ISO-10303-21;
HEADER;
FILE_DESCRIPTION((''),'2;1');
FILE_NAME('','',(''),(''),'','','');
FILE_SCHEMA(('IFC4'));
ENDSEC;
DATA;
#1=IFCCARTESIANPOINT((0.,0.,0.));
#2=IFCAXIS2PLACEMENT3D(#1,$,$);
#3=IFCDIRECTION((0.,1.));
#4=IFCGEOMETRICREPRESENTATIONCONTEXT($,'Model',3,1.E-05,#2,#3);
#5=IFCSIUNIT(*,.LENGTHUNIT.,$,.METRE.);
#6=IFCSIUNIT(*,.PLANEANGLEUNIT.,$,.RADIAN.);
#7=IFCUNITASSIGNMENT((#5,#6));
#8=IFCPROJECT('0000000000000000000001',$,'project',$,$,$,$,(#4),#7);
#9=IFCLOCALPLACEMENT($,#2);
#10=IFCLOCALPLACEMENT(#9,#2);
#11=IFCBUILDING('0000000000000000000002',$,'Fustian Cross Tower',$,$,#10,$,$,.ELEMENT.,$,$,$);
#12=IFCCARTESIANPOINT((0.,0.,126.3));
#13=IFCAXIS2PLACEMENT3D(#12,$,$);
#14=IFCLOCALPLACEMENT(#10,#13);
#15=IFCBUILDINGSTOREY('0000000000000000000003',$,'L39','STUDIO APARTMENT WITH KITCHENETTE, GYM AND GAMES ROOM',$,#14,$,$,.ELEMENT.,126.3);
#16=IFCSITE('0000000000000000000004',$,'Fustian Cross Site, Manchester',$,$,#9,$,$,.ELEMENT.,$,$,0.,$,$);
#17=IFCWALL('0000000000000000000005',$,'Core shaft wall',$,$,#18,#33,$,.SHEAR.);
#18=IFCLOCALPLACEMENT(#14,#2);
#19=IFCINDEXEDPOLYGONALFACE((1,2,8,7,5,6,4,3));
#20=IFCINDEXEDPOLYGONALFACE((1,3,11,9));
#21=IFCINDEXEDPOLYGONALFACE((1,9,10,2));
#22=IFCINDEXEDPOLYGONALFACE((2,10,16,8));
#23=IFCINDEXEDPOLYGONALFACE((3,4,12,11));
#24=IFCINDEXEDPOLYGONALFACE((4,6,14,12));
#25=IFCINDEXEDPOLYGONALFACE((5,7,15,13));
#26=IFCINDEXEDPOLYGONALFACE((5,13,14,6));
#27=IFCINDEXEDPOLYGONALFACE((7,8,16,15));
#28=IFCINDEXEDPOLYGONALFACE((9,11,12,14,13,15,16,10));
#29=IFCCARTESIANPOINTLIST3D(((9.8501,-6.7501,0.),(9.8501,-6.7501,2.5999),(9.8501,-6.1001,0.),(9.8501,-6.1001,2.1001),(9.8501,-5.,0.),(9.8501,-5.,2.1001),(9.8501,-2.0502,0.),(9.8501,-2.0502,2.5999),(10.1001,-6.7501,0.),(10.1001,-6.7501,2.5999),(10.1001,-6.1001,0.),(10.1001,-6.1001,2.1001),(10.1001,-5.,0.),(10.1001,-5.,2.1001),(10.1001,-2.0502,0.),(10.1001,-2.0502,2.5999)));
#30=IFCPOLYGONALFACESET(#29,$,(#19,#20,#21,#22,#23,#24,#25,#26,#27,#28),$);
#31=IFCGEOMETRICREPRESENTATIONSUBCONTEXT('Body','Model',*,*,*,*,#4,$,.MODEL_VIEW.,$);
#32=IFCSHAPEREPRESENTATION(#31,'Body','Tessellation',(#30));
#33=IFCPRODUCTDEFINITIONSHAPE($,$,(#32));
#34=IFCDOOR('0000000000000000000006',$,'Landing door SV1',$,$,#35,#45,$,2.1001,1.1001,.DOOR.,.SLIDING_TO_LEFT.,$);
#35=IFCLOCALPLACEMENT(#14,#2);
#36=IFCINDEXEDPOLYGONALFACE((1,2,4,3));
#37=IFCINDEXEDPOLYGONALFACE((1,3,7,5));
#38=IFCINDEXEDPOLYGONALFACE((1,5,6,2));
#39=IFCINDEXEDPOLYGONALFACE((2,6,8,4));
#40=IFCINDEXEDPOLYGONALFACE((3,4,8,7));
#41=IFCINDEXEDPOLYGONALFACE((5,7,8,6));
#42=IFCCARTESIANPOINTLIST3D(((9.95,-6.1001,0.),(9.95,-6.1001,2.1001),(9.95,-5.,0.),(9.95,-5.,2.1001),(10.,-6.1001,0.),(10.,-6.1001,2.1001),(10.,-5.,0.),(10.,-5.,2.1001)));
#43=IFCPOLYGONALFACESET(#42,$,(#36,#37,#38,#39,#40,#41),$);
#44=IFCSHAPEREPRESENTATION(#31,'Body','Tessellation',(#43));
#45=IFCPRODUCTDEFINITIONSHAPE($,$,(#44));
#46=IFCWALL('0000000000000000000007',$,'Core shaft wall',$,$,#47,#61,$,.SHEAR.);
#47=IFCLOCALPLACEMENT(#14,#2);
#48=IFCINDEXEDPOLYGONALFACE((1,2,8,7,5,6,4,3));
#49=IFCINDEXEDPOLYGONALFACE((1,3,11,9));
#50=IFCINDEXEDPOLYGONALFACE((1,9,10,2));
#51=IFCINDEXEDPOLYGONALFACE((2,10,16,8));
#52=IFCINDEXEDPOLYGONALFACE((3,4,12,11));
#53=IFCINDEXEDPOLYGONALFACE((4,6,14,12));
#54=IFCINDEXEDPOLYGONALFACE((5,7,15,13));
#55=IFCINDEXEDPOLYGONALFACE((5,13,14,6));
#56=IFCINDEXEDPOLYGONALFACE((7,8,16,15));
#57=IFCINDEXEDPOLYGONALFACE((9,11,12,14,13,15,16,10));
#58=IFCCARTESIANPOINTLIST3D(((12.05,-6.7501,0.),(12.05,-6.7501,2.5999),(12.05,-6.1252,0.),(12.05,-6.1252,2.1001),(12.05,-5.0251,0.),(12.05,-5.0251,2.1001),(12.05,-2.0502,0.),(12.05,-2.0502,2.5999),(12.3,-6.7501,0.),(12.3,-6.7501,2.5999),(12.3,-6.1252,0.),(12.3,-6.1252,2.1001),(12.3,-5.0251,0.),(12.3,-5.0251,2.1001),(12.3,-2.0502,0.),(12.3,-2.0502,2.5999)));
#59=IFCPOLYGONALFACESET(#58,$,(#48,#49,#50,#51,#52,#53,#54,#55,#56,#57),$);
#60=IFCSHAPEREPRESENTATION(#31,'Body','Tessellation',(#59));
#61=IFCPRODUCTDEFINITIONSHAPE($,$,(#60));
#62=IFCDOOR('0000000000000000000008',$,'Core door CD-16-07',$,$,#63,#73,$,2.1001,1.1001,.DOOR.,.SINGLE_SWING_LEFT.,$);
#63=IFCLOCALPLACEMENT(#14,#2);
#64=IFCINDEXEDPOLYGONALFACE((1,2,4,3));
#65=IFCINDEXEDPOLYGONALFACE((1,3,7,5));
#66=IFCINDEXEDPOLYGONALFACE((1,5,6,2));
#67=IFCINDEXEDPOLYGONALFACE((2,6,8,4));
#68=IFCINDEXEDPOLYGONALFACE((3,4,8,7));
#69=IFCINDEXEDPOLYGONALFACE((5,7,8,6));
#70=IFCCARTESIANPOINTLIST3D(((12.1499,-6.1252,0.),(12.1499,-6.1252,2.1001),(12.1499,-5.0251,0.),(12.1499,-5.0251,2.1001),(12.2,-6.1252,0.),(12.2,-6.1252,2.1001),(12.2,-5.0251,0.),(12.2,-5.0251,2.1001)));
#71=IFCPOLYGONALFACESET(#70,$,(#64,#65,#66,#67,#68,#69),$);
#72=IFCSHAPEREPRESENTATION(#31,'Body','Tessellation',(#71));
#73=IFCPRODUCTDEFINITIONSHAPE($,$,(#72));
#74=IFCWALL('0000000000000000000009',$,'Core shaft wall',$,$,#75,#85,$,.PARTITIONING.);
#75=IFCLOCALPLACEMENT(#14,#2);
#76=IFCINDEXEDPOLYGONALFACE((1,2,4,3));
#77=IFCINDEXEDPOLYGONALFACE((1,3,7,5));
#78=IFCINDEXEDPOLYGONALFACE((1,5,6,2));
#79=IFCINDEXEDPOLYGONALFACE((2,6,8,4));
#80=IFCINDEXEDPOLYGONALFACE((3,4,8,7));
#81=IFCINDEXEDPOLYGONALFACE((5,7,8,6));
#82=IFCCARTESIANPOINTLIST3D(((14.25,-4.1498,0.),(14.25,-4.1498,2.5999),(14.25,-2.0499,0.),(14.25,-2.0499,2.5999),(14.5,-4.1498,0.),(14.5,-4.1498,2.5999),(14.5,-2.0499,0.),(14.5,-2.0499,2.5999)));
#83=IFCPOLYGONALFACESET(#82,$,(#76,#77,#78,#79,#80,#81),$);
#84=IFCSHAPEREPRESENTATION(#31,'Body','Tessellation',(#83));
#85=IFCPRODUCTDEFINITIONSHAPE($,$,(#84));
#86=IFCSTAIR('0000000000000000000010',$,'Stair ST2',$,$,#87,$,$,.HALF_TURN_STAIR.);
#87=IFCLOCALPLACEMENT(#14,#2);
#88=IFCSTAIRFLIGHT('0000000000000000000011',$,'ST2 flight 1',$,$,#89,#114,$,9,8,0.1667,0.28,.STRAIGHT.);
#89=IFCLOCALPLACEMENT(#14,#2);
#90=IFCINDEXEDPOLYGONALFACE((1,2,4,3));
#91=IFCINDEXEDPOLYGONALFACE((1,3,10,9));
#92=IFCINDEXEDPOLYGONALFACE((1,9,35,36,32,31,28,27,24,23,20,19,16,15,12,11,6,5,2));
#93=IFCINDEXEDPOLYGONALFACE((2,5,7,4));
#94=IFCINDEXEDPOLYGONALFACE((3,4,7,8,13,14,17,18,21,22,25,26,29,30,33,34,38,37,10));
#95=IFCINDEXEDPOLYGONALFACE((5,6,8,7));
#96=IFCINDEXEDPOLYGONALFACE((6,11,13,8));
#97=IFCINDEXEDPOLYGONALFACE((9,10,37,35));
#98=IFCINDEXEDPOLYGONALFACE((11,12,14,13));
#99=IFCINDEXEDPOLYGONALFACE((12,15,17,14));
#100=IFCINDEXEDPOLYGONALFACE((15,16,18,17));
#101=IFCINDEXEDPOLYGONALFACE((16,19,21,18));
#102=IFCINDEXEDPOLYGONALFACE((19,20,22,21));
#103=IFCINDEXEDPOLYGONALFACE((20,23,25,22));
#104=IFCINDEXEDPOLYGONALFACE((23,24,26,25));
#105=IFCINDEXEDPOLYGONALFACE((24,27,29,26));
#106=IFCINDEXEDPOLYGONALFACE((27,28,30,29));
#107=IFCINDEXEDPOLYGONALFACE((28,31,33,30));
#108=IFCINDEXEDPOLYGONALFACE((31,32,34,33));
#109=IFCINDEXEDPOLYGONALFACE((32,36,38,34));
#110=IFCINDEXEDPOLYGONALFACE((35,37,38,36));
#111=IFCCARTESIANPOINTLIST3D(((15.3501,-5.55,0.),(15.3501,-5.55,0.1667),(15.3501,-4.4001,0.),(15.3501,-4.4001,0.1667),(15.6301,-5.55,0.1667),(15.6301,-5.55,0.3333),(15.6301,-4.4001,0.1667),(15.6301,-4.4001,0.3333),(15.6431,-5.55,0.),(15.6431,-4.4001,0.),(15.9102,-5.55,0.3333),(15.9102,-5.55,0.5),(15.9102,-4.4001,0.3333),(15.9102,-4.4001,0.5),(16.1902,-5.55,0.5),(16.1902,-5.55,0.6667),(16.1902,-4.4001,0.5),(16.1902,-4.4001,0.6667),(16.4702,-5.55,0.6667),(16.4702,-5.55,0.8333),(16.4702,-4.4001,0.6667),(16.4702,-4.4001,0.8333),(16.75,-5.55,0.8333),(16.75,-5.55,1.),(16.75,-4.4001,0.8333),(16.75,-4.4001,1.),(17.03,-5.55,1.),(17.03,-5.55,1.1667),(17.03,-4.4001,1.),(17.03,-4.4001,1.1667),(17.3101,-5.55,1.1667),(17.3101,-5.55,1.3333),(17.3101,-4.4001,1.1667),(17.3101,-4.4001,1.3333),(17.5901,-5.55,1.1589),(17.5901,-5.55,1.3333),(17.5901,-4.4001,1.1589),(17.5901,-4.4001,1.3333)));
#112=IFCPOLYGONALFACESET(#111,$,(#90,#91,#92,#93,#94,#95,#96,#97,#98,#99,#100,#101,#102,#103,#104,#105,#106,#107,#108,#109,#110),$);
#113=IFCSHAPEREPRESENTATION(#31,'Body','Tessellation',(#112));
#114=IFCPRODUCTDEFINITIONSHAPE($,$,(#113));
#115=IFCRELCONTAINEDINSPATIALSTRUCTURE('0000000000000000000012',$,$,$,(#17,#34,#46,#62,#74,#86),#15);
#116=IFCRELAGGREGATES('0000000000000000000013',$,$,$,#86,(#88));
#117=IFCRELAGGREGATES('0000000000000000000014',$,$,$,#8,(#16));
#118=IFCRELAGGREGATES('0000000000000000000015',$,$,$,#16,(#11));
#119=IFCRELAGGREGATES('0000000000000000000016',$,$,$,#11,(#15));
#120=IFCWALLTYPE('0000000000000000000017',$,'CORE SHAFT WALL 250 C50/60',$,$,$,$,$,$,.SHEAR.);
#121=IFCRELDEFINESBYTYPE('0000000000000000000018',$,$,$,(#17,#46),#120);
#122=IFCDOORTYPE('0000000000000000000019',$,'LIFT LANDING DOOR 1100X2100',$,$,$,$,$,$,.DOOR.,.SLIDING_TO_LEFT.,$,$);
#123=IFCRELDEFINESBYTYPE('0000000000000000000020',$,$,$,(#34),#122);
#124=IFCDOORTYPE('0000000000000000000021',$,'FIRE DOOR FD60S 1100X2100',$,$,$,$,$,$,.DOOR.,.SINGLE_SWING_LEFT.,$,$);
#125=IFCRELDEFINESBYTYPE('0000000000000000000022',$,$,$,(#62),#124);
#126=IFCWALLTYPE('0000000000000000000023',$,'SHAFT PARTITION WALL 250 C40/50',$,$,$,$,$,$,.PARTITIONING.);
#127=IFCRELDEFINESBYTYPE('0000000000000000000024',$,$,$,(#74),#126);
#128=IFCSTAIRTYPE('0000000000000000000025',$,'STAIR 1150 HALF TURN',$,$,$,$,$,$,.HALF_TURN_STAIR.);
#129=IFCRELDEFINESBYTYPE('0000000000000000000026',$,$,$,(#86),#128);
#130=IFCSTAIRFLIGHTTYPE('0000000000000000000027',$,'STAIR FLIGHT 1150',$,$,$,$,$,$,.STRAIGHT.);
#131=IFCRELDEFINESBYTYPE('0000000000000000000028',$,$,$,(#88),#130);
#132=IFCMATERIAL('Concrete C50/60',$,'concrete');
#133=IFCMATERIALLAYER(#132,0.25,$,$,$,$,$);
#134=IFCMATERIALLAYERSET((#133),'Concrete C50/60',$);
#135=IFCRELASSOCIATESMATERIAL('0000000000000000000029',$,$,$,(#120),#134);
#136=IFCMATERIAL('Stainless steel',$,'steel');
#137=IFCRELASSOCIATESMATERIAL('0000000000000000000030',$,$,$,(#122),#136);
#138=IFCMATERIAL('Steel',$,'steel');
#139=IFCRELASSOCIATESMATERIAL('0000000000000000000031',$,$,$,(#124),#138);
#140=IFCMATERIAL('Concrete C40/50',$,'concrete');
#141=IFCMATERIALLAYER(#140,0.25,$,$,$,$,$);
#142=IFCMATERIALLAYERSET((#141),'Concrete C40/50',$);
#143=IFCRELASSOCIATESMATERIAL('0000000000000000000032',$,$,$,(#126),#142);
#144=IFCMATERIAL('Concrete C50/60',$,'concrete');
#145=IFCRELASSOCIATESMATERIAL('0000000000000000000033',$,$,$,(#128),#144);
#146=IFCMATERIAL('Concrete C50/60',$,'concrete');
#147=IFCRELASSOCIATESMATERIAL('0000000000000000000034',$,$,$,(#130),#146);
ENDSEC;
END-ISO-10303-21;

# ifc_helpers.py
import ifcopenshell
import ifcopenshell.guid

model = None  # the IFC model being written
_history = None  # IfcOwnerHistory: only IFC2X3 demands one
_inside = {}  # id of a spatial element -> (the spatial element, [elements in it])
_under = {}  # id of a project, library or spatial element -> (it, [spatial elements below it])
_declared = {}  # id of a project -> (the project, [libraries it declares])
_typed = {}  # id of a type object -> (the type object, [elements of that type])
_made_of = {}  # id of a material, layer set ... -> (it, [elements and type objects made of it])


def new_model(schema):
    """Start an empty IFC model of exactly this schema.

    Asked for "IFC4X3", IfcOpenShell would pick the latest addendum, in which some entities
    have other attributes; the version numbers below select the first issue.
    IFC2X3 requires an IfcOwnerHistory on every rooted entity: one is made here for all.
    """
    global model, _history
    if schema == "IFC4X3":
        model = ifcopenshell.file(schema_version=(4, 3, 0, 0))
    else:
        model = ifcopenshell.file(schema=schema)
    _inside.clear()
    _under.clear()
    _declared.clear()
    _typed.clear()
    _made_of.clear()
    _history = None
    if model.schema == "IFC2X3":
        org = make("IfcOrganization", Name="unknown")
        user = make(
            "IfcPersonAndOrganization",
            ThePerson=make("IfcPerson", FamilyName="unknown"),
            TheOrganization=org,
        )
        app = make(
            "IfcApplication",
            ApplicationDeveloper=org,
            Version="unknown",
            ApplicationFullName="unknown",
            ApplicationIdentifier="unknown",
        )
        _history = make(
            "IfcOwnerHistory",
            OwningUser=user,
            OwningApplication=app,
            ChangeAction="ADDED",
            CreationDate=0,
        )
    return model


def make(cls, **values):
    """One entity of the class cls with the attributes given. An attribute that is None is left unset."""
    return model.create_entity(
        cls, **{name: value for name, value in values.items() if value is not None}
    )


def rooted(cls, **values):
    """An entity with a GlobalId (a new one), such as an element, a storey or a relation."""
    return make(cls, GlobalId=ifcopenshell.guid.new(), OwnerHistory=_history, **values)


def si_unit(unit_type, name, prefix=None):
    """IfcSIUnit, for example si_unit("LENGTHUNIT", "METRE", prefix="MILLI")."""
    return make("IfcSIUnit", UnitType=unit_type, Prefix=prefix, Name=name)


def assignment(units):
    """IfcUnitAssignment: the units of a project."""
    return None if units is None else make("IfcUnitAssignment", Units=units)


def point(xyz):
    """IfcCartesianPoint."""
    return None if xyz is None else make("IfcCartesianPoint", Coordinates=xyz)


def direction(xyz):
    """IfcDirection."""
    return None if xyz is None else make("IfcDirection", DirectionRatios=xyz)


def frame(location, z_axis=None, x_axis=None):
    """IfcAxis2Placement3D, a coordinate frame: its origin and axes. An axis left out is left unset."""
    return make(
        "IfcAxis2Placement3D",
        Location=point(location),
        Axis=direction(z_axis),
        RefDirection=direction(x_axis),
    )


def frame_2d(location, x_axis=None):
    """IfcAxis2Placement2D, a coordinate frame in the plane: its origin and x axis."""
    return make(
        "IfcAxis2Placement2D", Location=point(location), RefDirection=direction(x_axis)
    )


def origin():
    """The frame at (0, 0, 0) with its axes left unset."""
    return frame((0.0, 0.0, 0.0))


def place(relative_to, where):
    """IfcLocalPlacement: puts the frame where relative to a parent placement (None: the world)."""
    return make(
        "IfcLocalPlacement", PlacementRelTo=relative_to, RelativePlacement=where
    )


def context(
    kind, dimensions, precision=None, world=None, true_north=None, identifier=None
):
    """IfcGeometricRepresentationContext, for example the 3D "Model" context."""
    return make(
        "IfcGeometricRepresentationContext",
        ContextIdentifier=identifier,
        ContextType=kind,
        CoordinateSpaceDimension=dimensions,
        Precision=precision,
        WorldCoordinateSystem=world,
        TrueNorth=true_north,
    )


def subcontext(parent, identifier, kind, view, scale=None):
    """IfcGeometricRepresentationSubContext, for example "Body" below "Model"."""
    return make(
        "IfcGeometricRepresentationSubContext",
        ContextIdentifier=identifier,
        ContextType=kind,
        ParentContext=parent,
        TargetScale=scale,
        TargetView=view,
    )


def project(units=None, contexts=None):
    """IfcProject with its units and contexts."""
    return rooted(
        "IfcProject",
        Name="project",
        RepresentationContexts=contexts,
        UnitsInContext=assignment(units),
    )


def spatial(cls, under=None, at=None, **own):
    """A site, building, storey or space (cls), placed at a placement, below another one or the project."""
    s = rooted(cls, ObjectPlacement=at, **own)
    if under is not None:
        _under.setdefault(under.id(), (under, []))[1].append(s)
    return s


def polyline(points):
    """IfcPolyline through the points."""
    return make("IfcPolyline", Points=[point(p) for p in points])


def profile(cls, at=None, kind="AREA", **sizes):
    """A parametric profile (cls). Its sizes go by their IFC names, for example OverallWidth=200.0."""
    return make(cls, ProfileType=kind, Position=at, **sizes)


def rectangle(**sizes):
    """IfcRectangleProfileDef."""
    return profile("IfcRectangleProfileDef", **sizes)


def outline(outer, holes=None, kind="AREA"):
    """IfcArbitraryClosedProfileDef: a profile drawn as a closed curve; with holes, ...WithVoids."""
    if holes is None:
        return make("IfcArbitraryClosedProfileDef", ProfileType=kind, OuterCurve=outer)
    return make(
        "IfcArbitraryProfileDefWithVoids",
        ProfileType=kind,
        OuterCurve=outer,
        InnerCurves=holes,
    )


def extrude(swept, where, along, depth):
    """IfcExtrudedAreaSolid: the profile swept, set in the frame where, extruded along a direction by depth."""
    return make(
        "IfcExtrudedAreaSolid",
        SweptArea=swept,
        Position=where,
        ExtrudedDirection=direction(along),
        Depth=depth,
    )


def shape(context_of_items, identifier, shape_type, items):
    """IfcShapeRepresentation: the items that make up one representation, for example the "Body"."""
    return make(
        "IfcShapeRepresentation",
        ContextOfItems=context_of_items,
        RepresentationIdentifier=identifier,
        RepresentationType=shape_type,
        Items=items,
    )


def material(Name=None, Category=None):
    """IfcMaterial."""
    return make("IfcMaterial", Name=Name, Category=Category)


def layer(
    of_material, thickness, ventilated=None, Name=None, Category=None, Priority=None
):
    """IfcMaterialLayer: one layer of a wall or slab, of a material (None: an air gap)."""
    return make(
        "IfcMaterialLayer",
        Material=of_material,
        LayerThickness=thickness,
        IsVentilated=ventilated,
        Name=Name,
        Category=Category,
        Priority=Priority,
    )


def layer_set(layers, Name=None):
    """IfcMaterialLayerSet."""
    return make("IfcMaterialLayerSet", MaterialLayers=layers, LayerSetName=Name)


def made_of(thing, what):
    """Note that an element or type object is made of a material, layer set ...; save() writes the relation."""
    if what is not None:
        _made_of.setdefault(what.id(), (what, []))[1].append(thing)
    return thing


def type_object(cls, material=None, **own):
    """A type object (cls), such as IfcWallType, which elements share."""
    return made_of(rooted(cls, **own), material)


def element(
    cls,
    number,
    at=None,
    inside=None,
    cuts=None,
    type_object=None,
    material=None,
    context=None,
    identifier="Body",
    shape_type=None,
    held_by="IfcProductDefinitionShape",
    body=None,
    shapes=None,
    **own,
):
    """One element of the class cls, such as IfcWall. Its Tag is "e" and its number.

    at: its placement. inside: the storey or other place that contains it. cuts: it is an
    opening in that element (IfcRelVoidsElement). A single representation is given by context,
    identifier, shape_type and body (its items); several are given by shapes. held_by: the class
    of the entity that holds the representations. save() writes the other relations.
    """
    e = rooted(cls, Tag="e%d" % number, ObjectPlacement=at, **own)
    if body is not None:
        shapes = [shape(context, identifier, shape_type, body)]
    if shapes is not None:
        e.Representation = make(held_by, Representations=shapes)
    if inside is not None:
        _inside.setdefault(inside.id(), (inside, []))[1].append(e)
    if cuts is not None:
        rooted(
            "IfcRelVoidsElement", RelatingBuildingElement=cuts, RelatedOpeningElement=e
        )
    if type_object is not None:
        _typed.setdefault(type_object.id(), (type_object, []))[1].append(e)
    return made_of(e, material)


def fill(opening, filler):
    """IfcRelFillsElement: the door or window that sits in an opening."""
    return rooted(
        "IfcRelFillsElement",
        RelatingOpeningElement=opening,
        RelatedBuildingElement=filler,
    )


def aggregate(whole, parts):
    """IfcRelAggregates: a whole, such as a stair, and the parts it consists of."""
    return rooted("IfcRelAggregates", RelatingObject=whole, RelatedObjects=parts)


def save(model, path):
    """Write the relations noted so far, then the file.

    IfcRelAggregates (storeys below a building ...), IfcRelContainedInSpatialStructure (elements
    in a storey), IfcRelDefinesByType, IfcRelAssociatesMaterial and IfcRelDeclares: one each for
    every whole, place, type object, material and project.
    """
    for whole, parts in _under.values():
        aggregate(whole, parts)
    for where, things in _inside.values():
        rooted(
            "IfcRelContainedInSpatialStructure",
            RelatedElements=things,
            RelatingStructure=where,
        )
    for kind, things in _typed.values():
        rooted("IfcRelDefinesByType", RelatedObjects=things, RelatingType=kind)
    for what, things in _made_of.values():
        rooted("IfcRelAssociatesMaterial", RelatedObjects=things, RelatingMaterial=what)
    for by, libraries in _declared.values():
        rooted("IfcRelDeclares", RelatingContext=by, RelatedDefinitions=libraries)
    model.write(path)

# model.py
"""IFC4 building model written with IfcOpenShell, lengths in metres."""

from ifc_helpers import new_model, si_unit, direction, frame, frame_2d, origin, place, context, subcontext, project, spatial, polyline, rectangle, outline, extrude, material, layer, layer_set, type_object, element, fill, aggregate, save


model = new_model("IFC4")

# Units and contexts
model_context = context("Model", 3, precision=1e-05, world=origin(), true_north=direction((0.0, 1.0)))
body_context = subcontext(model_context, "Body", "Model", "MODEL_VIEW")
ifc_project = project(units=[si_unit("LENGTHUNIT", "METRE"), si_unit("PLANEANGLEUNIT", "RADIAN")], contexts=[model_context])

# Site, building, storey
site_placement = place(None, origin())
site = spatial("IfcSite", under=ifc_project, at=site_placement, Name="Fustian Cross Site, Manchester", CompositionType="ELEMENT", RefElevation=0.0)
building_placement = place(site_placement, origin())
building = spatial("IfcBuilding", under=site, at=building_placement, Name="Fustian Cross Tower", CompositionType="ELEMENT")
storey_placement = place(building_placement, frame((0.0, 0.0, 126.3)))
storey = spatial("IfcBuildingStorey", under=building, at=storey_placement, Name="L39", Description="STUDIO APARTMENT WITH KITCHENETTE, GYM AND GAMES ROOM", CompositionType="ELEMENT", Elevation=126.3)

# Shared definitions
ifc_material_1 = material(Name="Concrete C50/60", Category="concrete")
ifc_layer_1 = layer(ifc_material_1, 0.25)
ifc_layer_set_1 = layer_set([ifc_layer_1], Name="Concrete C50/60")
wall_type_1 = type_object("IfcWallType", Name="CORE SHAFT WALL 250 C50/60", PredefinedType="SHEAR", material=ifc_layer_set_1)

# Walls, openings, doors
wall_1_placement = place(storey_placement, frame((9.9751, -2.05, 0.0), z_axis=(0.0, 0.0, 1.0), x_axis=(0.0, -1.0, 0.0)))
wall_1 = element("IfcWall", 1, at=wall_1_placement, inside=storey, type_object=wall_type_1, Name="Core shaft wall", PredefinedType="SHEAR", context=body_context, shape_type="SweptSolid", body=[
    extrude(rectangle(XDim=4.7, YDim=0.25, at=frame_2d((2.3501, 0.0))), origin(), (0.0, 0.0, 1.0), 2.5999),
])
opening_1_placement = place(wall_1_placement, frame((2.95, 0.0, 0.0)))
opening_1 = element("IfcOpeningElement", 2, at=opening_1_placement, cuts=wall_1, PredefinedType="OPENING", context=body_context, shape_type="SweptSolid", body=[
    extrude(rectangle(XDim=1.1001, YDim=2.1001, at=frame_2d((0.55, 1.05))), frame((0.0, 0.135, 0.0), z_axis=(0.0, -1.0, 0.0), x_axis=(1.0, 0.0, 0.0)), (0.0, 0.0, 1.0), 0.27),
])
ifc_material_2 = material(Name="Stainless steel", Category="steel")
door_type_1 = type_object("IfcDoorType", Name="LIFT LANDING DOOR 1100X2100", OperationType="SLIDING_TO_LEFT", PredefinedType="DOOR", material=ifc_material_2)
door_1_placement = place(opening_1_placement, origin())
door_1 = element("IfcDoor", 3, at=door_1_placement, inside=storey, type_object=door_type_1, Name="Landing door SV1", OperationType="SLIDING_TO_LEFT", OverallHeight=2.1001, OverallWidth=1.1001, PredefinedType="DOOR", context=body_context, shape_type="SweptSolid", body=[
    extrude(rectangle(XDim=1.1001, YDim=2.1001, at=frame_2d((0.55, 1.05))), frame((0.0, 0.0249, 0.0), z_axis=(0.0, -1.0, 0.0), x_axis=(1.0, 0.0, 0.0)), (0.0, 0.0, 1.0), 0.05),
])
fill(opening_1, door_1)
wall_2_placement = place(storey_placement, frame((12.175, -2.05, 0.0), z_axis=(0.0, 0.0, 1.0), x_axis=(0.0, -1.0, 0.0)))
wall_2 = element("IfcWall", 4, at=wall_2_placement, inside=storey, type_object=wall_type_1, Name="Core shaft wall", PredefinedType="SHEAR", context=body_context, shape_type="SweptSolid", body=[
    extrude(rectangle(XDim=4.7, YDim=0.25, at=frame_2d((2.3501, 0.0))), origin(), (0.0, 0.0, 1.0), 2.5999),
])
opening_2_placement = place(wall_2_placement, frame((2.9751, 0.0, 0.0)))
opening_2 = element("IfcOpeningElement", 5, at=opening_2_placement, cuts=wall_2, PredefinedType="OPENING", context=body_context, shape_type="SweptSolid", body=[
    extrude(rectangle(XDim=1.1001, YDim=2.1001, at=frame_2d((0.55, 1.05))), frame((0.0, 0.135, 0.0), z_axis=(0.0, -1.0, 0.0), x_axis=(1.0, 0.0, 0.0)), (0.0, 0.0, 1.0), 0.27),
])
ifc_material_3 = material(Name="Steel", Category="steel")
door_type_2 = type_object("IfcDoorType", Name="FIRE DOOR FD60S 1100X2100", OperationType="SINGLE_SWING_LEFT", PredefinedType="DOOR", material=ifc_material_3)
door_2_placement = place(opening_2_placement, origin())
door_2 = element("IfcDoor", 6, at=door_2_placement, inside=storey, type_object=door_type_2, Name="Core door CD-16-07", OperationType="SINGLE_SWING_LEFT", OverallHeight=2.1001, OverallWidth=1.1001, PredefinedType="DOOR", context=body_context, shape_type="SweptSolid", body=[
    extrude(rectangle(XDim=1.1001, YDim=2.1001, at=frame_2d((0.55, 1.05))), frame((0.0, 0.0249, 0.0), z_axis=(0.0, -1.0, 0.0), x_axis=(1.0, 0.0, 0.0)), (0.0, 0.0, 1.0), 0.05),
])
fill(opening_2, door_2)

# Wall
ifc_material_4 = material(Name="Concrete C40/50", Category="concrete")
ifc_layer_2 = layer(ifc_material_4, 0.25)
ifc_layer_set_2 = layer_set([ifc_layer_2], Name="Concrete C40/50")
wall_type_2 = type_object("IfcWallType", Name="SHAFT PARTITION WALL 250 C40/50", PredefinedType="PARTITIONING", material=ifc_layer_set_2)
wall_3_placement = place(storey_placement, frame((14.375, -2.05, 0.0), z_axis=(0.0, 0.0, 1.0), x_axis=(0.0, -1.0, 0.0)))
element("IfcWall", 7, at=wall_3_placement, inside=storey, type_object=wall_type_2, Name="Core shaft wall", PredefinedType="PARTITIONING", context=body_context, shape_type="SweptSolid", body=[
    extrude(rectangle(XDim=2.0999, YDim=0.25, at=frame_2d((1.0498, 0.0))), origin(), (0.0, 0.0, 1.0), 2.5999),
])

# Stair, stair flight
ifc_material_5 = material(Name="Concrete C50/60", Category="concrete")
stair_type = type_object("IfcStairType", Name="STAIR 1150 HALF TURN", PredefinedType="HALF_TURN_STAIR", material=ifc_material_5)
stair_placement = place(storey_placement, origin())
stair = element("IfcStair", 8, at=stair_placement, inside=storey, type_object=stair_type, Name="Stair ST2", PredefinedType="HALF_TURN_STAIR")
ifc_material_6 = material(Name="Concrete C50/60", Category="concrete")
stair_flight_type = type_object("IfcStairFlightType", Name="STAIR FLIGHT 1150", PredefinedType="STRAIGHT", material=ifc_material_6)
stair_flight_placement = place(storey_placement, frame((15.3501, -4.9751, 0.0), z_axis=(0.0, 0.0, 1.0), x_axis=(1.0, 0.0, 0.0)))
stair_flight = element("IfcStairFlight", 9, at=stair_flight_placement, type_object=stair_flight_type, Name="ST2 flight 1", NumberOfRisers=9, NumberOfTreads=8, PredefinedType="STRAIGHT", RiserHeight=0.1667, TreadLength=0.28, context=body_context, shape_type="SweptSolid", body=[
    extrude(outline(polyline([(0.0, 0.0), (0.0, 0.1667), (0.28, 0.1667), (0.28, 0.3333), (0.5601, 0.3333), (0.5601, 0.5), (0.8401, 0.5), (0.8401, 0.6667), (1.1201, 0.6667), (1.1201, 0.8333), (1.3999, 0.8333), (1.3999, 1.0), (1.6799, 1.0), (1.6799, 1.1667), (1.96, 1.1667), (1.96, 1.3333), (2.24, 1.3333), (2.24, 1.5), (2.24, 1.1589), (0.293, 0.0), (0.0, 0.0)])), frame((0.0, 0.575, 0.0), z_axis=(0.0, -1.0, 0.0), x_axis=(1.0, 0.0, 0.0)), (0.0, 0.0, 1.0), 1.1499),
])
aggregate(stair, [stair_flight])

save(model, "model.ifc")
